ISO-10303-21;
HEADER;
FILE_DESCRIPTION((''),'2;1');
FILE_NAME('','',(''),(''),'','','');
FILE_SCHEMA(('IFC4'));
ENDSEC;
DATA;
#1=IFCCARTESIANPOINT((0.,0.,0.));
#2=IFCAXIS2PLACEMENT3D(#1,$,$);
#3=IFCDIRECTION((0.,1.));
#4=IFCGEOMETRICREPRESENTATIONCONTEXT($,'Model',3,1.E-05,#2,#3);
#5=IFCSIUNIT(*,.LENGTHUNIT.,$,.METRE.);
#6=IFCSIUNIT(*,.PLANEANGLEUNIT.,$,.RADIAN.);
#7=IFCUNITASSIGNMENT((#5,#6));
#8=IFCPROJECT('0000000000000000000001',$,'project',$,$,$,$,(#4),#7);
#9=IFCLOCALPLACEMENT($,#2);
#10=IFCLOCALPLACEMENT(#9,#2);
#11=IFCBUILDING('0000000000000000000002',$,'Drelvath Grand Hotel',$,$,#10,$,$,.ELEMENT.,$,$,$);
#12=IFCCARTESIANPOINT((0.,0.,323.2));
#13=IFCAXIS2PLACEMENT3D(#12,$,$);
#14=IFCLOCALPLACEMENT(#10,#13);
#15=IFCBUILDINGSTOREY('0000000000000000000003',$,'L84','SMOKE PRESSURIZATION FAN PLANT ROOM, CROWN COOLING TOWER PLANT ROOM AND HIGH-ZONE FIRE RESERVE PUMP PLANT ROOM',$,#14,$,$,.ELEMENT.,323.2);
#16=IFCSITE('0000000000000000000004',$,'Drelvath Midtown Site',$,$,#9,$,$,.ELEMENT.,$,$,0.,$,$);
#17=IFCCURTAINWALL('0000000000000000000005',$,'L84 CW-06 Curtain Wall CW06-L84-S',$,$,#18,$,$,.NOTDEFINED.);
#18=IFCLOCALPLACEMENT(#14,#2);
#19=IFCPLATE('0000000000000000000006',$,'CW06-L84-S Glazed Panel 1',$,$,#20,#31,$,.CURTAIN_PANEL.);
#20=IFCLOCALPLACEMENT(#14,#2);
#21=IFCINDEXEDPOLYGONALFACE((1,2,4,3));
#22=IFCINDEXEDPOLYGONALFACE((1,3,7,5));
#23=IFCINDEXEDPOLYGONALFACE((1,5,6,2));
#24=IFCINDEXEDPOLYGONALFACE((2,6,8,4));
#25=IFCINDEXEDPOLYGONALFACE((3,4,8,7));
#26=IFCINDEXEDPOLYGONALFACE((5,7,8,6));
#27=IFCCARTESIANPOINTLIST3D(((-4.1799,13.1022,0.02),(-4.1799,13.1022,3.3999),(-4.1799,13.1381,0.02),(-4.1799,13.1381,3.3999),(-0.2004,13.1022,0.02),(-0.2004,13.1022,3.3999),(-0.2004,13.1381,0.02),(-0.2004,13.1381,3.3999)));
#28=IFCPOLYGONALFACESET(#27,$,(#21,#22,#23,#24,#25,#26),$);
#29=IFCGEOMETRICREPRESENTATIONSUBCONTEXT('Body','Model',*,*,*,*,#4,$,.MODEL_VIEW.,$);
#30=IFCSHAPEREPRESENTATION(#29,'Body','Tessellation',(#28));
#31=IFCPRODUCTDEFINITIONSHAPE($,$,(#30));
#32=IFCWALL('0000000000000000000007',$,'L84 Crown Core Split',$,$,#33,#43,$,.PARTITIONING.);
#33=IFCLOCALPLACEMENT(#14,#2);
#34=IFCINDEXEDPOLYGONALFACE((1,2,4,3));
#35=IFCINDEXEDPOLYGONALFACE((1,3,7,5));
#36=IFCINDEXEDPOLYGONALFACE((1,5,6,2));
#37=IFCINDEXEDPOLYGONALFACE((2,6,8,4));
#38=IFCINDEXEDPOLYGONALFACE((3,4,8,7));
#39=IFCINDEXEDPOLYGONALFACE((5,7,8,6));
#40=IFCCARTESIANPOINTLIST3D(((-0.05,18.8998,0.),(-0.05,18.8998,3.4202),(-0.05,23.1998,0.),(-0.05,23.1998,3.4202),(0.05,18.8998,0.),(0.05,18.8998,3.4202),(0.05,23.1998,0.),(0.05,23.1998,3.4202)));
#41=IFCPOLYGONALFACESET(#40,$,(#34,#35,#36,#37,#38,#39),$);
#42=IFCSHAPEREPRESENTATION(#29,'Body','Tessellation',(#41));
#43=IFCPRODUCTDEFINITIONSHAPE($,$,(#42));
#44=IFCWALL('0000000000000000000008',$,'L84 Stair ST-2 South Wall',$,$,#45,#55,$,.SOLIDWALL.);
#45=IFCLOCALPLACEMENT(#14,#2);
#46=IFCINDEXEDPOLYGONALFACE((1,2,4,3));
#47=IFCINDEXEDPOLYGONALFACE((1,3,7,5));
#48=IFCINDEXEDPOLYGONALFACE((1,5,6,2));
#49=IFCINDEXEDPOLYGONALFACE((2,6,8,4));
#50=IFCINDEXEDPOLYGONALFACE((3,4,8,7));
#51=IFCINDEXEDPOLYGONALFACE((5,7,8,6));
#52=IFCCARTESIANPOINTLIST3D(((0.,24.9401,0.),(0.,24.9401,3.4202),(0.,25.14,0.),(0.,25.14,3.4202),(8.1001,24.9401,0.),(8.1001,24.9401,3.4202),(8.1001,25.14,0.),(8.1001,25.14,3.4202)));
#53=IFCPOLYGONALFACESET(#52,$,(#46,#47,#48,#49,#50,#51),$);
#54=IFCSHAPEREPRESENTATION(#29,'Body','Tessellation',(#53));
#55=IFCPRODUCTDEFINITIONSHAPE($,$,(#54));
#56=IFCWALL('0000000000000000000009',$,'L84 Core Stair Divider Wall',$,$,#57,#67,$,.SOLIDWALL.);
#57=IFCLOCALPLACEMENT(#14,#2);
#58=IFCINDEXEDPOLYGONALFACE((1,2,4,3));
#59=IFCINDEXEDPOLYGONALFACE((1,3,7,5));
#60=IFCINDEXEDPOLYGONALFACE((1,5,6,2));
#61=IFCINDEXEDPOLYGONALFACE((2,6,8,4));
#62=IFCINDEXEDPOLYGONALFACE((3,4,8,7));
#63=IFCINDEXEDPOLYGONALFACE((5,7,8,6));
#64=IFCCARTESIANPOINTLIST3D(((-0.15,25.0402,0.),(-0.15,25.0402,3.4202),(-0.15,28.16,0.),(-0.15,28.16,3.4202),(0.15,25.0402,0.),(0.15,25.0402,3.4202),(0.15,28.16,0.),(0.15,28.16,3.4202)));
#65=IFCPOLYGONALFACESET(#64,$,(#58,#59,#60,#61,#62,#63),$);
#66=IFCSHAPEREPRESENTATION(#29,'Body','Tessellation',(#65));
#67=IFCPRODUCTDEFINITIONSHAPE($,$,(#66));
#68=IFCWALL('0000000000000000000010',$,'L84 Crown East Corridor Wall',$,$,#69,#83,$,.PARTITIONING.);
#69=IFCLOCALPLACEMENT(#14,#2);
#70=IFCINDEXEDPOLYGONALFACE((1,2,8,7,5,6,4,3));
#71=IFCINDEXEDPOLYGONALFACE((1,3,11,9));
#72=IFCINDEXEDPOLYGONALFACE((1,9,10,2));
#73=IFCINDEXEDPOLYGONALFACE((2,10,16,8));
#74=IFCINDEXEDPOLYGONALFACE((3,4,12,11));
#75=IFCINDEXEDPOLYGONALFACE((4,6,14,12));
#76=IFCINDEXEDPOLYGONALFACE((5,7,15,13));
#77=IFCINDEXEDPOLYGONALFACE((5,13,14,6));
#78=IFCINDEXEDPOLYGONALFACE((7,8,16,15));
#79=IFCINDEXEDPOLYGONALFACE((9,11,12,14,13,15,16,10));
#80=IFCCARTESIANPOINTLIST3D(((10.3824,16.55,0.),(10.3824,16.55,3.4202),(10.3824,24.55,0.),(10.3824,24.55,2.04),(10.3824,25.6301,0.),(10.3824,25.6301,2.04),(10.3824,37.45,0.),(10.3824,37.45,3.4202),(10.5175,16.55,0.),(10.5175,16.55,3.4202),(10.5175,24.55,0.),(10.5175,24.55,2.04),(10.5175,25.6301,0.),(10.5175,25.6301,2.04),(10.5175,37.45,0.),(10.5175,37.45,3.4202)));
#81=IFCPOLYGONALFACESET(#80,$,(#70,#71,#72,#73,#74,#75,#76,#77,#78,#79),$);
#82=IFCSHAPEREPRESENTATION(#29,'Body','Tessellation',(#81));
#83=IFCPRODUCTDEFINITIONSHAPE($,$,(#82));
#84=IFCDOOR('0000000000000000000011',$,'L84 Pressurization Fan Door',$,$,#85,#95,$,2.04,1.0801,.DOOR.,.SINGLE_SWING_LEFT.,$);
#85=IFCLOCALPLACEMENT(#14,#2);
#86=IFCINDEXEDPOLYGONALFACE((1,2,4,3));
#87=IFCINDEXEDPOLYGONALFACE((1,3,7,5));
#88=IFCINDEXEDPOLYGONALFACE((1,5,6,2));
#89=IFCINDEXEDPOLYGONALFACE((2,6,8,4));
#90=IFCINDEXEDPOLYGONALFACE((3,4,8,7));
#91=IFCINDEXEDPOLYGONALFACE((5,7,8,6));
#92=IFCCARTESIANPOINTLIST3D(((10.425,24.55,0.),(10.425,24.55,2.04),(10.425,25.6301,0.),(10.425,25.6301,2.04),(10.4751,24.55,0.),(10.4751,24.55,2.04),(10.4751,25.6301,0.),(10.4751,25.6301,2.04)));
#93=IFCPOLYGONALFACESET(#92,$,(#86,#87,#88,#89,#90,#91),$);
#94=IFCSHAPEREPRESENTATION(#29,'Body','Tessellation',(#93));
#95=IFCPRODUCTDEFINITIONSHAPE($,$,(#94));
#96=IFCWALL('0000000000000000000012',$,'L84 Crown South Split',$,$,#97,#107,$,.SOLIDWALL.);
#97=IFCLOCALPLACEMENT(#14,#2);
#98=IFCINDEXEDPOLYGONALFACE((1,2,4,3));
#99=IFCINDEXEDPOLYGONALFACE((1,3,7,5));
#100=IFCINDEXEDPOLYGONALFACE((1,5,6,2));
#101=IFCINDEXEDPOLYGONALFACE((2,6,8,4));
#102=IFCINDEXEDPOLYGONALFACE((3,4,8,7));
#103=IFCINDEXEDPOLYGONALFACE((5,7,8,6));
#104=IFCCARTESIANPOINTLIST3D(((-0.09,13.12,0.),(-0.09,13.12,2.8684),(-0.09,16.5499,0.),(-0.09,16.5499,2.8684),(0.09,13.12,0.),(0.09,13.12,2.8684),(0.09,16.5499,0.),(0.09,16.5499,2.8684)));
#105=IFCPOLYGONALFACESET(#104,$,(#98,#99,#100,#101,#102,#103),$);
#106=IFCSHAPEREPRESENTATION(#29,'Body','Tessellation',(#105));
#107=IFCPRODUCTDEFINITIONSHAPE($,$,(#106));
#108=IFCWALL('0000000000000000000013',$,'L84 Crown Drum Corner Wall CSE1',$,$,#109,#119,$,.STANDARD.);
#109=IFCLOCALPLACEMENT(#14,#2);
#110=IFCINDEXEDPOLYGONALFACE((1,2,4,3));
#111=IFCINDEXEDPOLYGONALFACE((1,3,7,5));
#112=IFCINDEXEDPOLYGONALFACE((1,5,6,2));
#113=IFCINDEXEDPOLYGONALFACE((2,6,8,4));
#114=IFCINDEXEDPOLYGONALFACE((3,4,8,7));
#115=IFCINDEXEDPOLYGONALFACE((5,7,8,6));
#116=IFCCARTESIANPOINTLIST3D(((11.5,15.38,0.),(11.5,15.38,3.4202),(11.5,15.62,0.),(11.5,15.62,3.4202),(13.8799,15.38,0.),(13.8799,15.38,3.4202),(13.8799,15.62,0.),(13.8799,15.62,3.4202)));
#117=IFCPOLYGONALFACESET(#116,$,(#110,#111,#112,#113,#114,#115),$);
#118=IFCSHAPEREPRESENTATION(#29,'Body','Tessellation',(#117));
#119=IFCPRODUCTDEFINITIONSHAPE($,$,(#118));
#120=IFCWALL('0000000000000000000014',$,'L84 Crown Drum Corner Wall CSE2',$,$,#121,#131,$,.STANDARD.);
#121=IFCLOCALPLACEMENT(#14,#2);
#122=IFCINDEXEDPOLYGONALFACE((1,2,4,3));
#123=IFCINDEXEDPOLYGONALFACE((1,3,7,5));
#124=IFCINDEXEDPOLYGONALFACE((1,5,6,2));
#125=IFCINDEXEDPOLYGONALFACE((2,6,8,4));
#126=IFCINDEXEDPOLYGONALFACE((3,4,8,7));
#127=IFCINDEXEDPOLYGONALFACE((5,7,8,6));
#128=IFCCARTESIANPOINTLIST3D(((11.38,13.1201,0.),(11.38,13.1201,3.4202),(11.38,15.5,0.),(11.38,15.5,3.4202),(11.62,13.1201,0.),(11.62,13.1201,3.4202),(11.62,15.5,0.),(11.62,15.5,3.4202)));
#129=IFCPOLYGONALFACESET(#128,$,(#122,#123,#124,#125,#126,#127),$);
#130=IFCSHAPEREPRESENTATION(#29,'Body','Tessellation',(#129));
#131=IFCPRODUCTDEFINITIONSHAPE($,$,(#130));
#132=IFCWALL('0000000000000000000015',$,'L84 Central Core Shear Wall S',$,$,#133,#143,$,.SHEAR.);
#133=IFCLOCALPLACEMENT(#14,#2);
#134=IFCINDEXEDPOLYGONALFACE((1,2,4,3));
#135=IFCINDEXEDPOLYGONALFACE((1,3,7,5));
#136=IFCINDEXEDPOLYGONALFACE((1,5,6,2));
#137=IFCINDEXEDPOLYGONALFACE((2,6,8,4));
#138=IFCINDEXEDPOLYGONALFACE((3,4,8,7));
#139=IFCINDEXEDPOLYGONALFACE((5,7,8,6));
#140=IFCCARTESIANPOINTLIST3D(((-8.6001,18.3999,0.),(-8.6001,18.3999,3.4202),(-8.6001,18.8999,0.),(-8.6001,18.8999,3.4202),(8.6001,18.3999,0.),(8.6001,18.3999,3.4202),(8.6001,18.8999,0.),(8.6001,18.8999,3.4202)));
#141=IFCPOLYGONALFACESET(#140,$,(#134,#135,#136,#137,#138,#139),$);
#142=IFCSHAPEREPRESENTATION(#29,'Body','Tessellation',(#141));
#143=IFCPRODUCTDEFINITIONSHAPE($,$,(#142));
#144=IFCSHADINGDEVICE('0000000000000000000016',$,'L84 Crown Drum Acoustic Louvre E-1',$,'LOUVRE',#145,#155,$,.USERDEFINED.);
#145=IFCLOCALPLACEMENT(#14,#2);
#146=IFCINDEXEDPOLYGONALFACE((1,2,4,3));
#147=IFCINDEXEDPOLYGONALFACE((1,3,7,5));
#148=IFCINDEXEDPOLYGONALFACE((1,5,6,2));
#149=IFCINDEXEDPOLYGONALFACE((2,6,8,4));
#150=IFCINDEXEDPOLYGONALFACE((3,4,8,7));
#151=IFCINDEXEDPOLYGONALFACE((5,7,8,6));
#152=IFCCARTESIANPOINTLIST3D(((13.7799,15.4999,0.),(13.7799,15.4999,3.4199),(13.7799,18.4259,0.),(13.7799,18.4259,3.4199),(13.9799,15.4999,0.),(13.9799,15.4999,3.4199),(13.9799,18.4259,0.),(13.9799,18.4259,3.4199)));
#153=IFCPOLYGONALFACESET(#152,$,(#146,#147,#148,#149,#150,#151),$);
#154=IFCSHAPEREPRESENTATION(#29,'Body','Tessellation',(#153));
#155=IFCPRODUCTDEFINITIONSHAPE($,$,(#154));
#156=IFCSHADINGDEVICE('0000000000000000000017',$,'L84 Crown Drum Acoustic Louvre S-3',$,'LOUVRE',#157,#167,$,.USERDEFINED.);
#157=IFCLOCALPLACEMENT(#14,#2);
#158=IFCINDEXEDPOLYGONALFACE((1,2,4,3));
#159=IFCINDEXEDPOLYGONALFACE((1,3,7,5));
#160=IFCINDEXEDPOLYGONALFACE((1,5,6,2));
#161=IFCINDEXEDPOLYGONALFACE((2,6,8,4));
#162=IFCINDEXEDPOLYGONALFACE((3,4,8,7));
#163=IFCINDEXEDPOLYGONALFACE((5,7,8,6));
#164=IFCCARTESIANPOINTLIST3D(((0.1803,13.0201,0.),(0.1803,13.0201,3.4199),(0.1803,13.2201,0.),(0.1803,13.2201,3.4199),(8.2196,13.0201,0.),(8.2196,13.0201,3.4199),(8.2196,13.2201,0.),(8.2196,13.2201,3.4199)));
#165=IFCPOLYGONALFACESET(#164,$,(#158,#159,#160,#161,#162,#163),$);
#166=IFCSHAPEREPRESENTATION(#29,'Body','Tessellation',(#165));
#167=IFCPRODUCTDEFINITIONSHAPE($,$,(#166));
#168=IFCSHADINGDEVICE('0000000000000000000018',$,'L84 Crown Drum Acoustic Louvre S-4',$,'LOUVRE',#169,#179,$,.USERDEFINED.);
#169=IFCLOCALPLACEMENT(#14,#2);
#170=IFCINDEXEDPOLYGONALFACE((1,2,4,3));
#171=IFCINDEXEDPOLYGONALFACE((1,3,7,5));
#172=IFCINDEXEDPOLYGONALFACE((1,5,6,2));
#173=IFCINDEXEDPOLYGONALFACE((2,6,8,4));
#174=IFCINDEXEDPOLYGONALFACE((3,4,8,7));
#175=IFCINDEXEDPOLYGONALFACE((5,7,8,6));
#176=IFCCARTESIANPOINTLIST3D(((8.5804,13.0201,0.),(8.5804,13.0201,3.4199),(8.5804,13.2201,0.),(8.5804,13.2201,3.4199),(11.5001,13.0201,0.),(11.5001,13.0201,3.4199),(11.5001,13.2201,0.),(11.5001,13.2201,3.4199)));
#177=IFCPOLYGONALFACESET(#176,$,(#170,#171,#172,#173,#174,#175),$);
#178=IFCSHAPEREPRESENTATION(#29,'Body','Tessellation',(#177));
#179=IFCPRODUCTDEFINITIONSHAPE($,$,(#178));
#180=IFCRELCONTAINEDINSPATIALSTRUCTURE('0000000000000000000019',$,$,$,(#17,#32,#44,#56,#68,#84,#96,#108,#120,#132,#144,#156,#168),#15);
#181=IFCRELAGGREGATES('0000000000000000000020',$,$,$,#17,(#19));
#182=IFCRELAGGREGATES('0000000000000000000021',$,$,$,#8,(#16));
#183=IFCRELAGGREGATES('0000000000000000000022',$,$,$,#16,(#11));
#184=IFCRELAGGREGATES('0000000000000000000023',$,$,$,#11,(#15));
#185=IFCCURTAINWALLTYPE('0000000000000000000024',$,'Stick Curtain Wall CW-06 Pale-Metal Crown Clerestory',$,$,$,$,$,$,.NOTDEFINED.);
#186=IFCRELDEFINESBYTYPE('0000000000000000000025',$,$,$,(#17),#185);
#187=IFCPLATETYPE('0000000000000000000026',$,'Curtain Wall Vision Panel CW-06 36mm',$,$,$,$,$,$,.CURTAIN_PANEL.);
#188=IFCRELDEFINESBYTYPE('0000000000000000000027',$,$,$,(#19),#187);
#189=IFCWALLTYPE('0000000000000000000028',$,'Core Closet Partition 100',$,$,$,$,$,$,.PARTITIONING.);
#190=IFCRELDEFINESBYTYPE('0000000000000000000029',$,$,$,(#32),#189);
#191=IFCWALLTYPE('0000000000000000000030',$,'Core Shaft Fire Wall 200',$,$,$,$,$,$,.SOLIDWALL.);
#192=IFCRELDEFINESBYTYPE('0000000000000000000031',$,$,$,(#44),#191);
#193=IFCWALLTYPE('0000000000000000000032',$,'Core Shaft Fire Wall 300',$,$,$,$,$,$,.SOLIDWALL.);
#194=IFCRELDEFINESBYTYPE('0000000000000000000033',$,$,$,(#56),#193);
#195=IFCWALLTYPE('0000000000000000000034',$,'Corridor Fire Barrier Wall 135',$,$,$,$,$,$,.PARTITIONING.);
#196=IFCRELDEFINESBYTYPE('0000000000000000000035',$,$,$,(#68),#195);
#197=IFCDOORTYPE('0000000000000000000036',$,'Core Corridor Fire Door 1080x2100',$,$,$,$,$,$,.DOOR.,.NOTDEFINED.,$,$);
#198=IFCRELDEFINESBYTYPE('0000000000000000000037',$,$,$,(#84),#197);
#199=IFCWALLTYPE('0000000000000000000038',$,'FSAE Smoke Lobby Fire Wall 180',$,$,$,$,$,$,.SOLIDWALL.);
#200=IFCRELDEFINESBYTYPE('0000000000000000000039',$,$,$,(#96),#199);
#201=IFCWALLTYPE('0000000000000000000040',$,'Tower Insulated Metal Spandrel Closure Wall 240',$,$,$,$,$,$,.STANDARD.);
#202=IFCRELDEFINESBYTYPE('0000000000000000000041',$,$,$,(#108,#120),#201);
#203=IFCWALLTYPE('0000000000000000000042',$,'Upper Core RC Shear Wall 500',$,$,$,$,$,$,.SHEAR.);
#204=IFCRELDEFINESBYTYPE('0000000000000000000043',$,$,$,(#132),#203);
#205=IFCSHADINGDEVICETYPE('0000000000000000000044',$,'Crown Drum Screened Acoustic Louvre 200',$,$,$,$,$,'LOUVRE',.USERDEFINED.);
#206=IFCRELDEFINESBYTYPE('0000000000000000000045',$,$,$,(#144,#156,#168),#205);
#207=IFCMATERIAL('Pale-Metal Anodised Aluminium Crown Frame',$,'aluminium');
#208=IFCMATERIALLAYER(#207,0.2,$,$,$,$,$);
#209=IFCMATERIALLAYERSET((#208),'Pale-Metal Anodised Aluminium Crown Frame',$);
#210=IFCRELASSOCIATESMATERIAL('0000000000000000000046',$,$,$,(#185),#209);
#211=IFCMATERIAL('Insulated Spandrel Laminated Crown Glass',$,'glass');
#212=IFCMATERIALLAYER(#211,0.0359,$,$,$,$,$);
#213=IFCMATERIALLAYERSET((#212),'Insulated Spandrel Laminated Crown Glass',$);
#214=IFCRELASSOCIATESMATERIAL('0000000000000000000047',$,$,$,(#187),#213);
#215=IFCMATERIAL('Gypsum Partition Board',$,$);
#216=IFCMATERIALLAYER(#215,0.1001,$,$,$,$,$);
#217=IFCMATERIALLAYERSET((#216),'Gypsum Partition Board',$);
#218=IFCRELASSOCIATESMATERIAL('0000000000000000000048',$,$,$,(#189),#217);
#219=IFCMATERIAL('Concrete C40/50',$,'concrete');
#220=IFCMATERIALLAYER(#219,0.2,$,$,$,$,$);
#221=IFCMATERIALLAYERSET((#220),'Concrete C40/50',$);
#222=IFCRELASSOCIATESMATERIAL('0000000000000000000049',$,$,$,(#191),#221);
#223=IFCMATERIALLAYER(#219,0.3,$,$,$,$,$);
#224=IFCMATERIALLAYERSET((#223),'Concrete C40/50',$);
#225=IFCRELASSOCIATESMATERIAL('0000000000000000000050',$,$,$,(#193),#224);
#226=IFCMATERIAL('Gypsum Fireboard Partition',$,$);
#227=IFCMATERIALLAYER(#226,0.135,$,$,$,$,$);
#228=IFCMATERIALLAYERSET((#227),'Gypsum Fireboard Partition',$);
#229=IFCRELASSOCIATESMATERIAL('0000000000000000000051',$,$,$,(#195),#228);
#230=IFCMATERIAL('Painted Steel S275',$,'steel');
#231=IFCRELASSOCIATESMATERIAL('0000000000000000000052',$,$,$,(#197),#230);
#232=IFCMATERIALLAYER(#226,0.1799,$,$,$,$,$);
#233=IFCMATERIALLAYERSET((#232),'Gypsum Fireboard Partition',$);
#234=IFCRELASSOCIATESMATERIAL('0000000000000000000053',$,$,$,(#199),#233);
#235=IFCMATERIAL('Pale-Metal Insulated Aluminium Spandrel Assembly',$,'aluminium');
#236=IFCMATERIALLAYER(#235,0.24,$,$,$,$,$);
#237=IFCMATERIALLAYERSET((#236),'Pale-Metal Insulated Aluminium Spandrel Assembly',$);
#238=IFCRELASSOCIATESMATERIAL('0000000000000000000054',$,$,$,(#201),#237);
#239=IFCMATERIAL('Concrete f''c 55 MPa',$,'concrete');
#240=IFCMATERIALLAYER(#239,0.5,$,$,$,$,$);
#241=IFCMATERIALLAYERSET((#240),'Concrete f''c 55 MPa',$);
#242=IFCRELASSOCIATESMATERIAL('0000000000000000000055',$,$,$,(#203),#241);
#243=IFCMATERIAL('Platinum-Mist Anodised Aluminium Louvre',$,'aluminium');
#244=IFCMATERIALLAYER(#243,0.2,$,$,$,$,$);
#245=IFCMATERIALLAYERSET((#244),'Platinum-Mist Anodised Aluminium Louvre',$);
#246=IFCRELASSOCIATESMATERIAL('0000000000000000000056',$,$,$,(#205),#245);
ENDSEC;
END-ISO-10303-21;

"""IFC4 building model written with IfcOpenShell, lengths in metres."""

from ifc_helpers import new_model, si_unit, direction, frame, frame_2d, origin, origin_2d, place, context, subcontext, project, spatial, rectangle, extrude, material, layer, layer_set, type_object, element, fill, aggregate, save


model = new_model("IFC4")

# Units and contexts
model_context = context("Model", 3, precision=1e-05, world=origin(), true_north=direction((0.0, 1.0)))
body_context = subcontext(model_context, "Body", "Model", "MODEL_VIEW")
ifc_project = project(units=[si_unit("LENGTHUNIT", "METRE"), si_unit("PLANEANGLEUNIT", "RADIAN")], contexts=[model_context])

# Site, building, storey
site_placement = place(None, origin())
site = spatial("IfcSite", under=ifc_project, at=site_placement, Name="Drelvath Midtown Site", CompositionType="ELEMENT", RefElevation=0.0)
building_placement = place(site_placement, origin())
building = spatial("IfcBuilding", under=site, at=building_placement, Name="Drelvath Grand Hotel", CompositionType="ELEMENT")
storey_placement = place(building_placement, frame((0.0, 0.0, 323.2)))
storey = spatial("IfcBuildingStorey", under=building, at=storey_placement, Name="L84", Description="SMOKE PRESSURIZATION FAN PLANT ROOM, CROWN COOLING TOWER PLANT ROOM AND HIGH-ZONE FIRE RESERVE PUMP PLANT ROOM", CompositionType="ELEMENT", Elevation=323.2)

# Shared definitions
ifc_material_1 = material(Name="Concrete f'c 55 MPa", Category="concrete")

# Curtain wall
ifc_material_2 = material(Name="Pale-Metal Anodised Aluminium Crown Frame", Category="aluminium")
ifc_layer_1 = layer(ifc_material_2, 0.2)
ifc_layer_set_1 = layer_set([ifc_layer_1], Name="Pale-Metal Anodised Aluminium Crown Frame")
curtain_wall_type = type_object("IfcCurtainWallType", Name="Stick Curtain Wall CW-06 Pale-Metal Crown Clerestory", PredefinedType="NOTDEFINED", material=ifc_layer_set_1)
curtain_wall_1_placement = place(storey_placement, origin())
curtain_wall_1 = element("IfcCurtainWall", 1, at=curtain_wall_1_placement, inside=storey, type_object=curtain_wall_type, Name="L84 CW-06 Curtain Wall CW06-L84-S", PredefinedType="NOTDEFINED")

# Plate
ifc_material_3 = material(Name="Insulated Spandrel Laminated Crown Glass", Category="glass")
ifc_layer_2 = layer(ifc_material_3, 0.0359)
ifc_layer_set_2 = layer_set([ifc_layer_2], Name="Insulated Spandrel Laminated Crown Glass")
plate_type = type_object("IfcPlateType", Name="Curtain Wall Vision Panel CW-06 36mm", PredefinedType="CURTAIN_PANEL", material=ifc_layer_set_2)
plate_1_placement = place(storey_placement, frame((-2.1902, 13.1201, 0.02), z_axis=(0.0, 0.0, 1.0), x_axis=(-1.0, 0.0, 0.0)))
plate_1 = element("IfcPlate", 2, at=plate_1_placement, type_object=plate_type, Name="CW06-L84-S Glazed Panel 1", PredefinedType="CURTAIN_PANEL", context=body_context, shape_type="SweptSolid", body=[
    extrude(rectangle(XDim=3.9795, YDim=0.0359, at=origin_2d()), origin(), (0.0, 0.0, 1.0), 3.3799),
])
aggregate(curtain_wall_1, [plate_1])

# Walls
ifc_material_4 = material(Name="Gypsum Partition Board")
ifc_layer_3 = layer(ifc_material_4, 0.1001)
ifc_layer_set_3 = layer_set([ifc_layer_3], Name="Gypsum Partition Board")
wall_type_1 = type_object("IfcWallType", Name="Core Closet Partition 100", PredefinedType="PARTITIONING", material=ifc_layer_set_3)
wall_1_placement = place(storey_placement, frame((0.0, 18.8999, 0.0), z_axis=(0.0, 0.0, 1.0), x_axis=(0.0, 1.0, 0.0)))
element("IfcWall", 3, at=wall_1_placement, inside=storey, type_object=wall_type_1, Name="L84 Crown Core Split", PredefinedType="PARTITIONING", context=body_context, shape_type="SweptSolid", body=[
    extrude(rectangle(XDim=4.3, YDim=0.1001, at=frame_2d((2.1499, 0.0))), origin(), (0.0, 0.0, 1.0), 3.4202),
])
ifc_material_5 = material(Name="Concrete C40/50", Category="concrete")
ifc_layer_4 = layer(ifc_material_5, 0.2)
ifc_layer_set_4 = layer_set([ifc_layer_4], Name="Concrete C40/50")
wall_type_2 = type_object("IfcWallType", Name="Core Shaft Fire Wall 200", PredefinedType="SOLIDWALL", material=ifc_layer_set_4)
wall_2_placement = place(storey_placement, frame((0.0, 25.04, 0.0), z_axis=(0.0, 0.0, 1.0), x_axis=(1.0, 0.0, 0.0)))
element("IfcWall", 4, at=wall_2_placement, inside=storey, type_object=wall_type_2, Name="L84 Stair ST-2 South Wall", PredefinedType="SOLIDWALL", context=body_context, shape_type="SweptSolid", body=[
    extrude(rectangle(XDim=8.1001, YDim=0.2, at=frame_2d((4.05, 0.0))), origin(), (0.0, 0.0, 1.0), 3.4202),
])
ifc_layer_5 = layer(ifc_material_5, 0.3)
ifc_layer_set_5 = layer_set([ifc_layer_5], Name="Concrete C40/50")
wall_type_3 = type_object("IfcWallType", Name="Core Shaft Fire Wall 300", PredefinedType="SOLIDWALL", material=ifc_layer_set_5)
wall_3_placement = place(storey_placement, frame((0.0, 25.04, 0.0), z_axis=(0.0, 0.0, 1.0), x_axis=(0.0, 1.0, 0.0)))
element("IfcWall", 5, at=wall_3_placement, inside=storey, type_object=wall_type_3, Name="L84 Core Stair Divider Wall", PredefinedType="SOLIDWALL", context=body_context, shape_type="SweptSolid", body=[
    extrude(rectangle(XDim=3.1199, YDim=0.3, at=frame_2d((1.5601, 0.0))), origin(), (0.0, 0.0, 1.0), 3.4202),
])

# Wall, opening, door
ifc_material_6 = material(Name="Gypsum Fireboard Partition")
ifc_layer_6 = layer(ifc_material_6, 0.135)
ifc_layer_set_6 = layer_set([ifc_layer_6], Name="Gypsum Fireboard Partition")
wall_type_4 = type_object("IfcWallType", Name="Corridor Fire Barrier Wall 135", PredefinedType="PARTITIONING", material=ifc_layer_set_6)
wall_4_placement = place(storey_placement, frame((10.45, 16.55, 0.0), z_axis=(0.0, 0.0, 1.0), x_axis=(0.0, 1.0, 0.0)))
wall_4 = element("IfcWall", 6, at=wall_4_placement, inside=storey, type_object=wall_type_4, Name="L84 Crown East Corridor Wall", PredefinedType="PARTITIONING", context=body_context, shape_type="SweptSolid", body=[
    extrude(rectangle(XDim=20.8999, YDim=0.135, at=frame_2d((10.45, 0.0))), origin(), (0.0, 0.0, 1.0), 3.4202),
])
opening_placement = place(wall_4_placement, frame((8.0, 0.0, 0.0)))
opening = element("IfcOpeningElement", 7, at=opening_placement, cuts=wall_4, PredefinedType="OPENING", context=body_context, shape_type="SweptSolid", body=[
    extrude(rectangle(XDim=1.0801, YDim=2.04, at=frame_2d((0.54, 1.02))), frame((0.0, 0.0774, 0.0), z_axis=(0.0, -1.0, 0.0), x_axis=(1.0, 0.0, 0.0)), (0.0, 0.0, 1.0), 0.155),
])
ifc_material_7 = material(Name="Painted Steel S275", Category="steel")
door_type = type_object("IfcDoorType", Name="Core Corridor Fire Door 1080x2100", OperationType="NOTDEFINED", PredefinedType="DOOR", material=ifc_material_7)
door_placement = place(opening_placement, origin())
door = element("IfcDoor", 8, at=door_placement, inside=storey, type_object=door_type, Name="L84 Pressurization Fan Door", OperationType="SINGLE_SWING_LEFT", OverallHeight=2.04, OverallWidth=1.0801, PredefinedType="DOOR", context=body_context, shape_type="SweptSolid", body=[
    extrude(rectangle(XDim=1.0801, YDim=2.04, at=frame_2d((0.54, 1.02))), frame((0.0, 0.0249, 0.0), z_axis=(0.0, -1.0, 0.0), x_axis=(1.0, 0.0, 0.0)), (0.0, 0.0, 1.0), 0.05),
])
fill(opening, door)

# Walls
ifc_layer_7 = layer(ifc_material_6, 0.1799)
ifc_layer_set_7 = layer_set([ifc_layer_7], Name="Gypsum Fireboard Partition")
wall_type_5 = type_object("IfcWallType", Name="FSAE Smoke Lobby Fire Wall 180", PredefinedType="SOLIDWALL", material=ifc_layer_set_7)
wall_5_placement = place(storey_placement, frame((0.0, 13.1201, 0.0), z_axis=(0.0, 0.0, 1.0), x_axis=(0.0, 1.0, 0.0)))
element("IfcWall", 9, at=wall_5_placement, inside=storey, type_object=wall_type_5, Name="L84 Crown South Split", PredefinedType="SOLIDWALL", context=body_context, shape_type="SweptSolid", body=[
    extrude(rectangle(XDim=3.4299, YDim=0.1799, at=frame_2d((1.7148, 0.0))), origin(), (0.0, 0.0, 1.0), 2.8684),
])
ifc_material_8 = material(Name="Pale-Metal Insulated Aluminium Spandrel Assembly", Category="aluminium")
ifc_layer_8 = layer(ifc_material_8, 0.24)
ifc_layer_set_8 = layer_set([ifc_layer_8], Name="Pale-Metal Insulated Aluminium Spandrel Assembly")
wall_type_6 = type_object("IfcWallType", Name="Tower Insulated Metal Spandrel Closure Wall 240", PredefinedType="STANDARD", material=ifc_layer_set_8)
for number, where, z_axis, x_axis, name in (
    (10, (13.8799, 15.5, 0.0), (0.0, 0.0, 1.0), (-1.0, 0.0, 0.0), "L84 Crown Drum Corner Wall CSE1"),
    (11, (11.5, 15.5, 0.0), (0.0, 0.0, 1.0), (0.0, -1.0, 0.0), "L84 Crown Drum Corner Wall CSE2"),
):
    element("IfcWall", number, at=place(storey_placement, frame(where, z_axis=z_axis, x_axis=x_axis)), inside=storey, type_object=wall_type_6, Name=name, PredefinedType="STANDARD", context=body_context, shape_type="SweptSolid", body=[
        extrude(rectangle(XDim=2.3799, YDim=0.24, at=frame_2d((1.1899, 0.0))), origin(), (0.0, 0.0, 1.0), 3.4202),
    ])
ifc_layer_9 = layer(ifc_material_1, 0.5)
ifc_layer_set_9 = layer_set([ifc_layer_9], Name="Concrete f'c 55 MPa")
wall_type_7 = type_object("IfcWallType", Name="Upper Core RC Shear Wall 500", PredefinedType="SHEAR", material=ifc_layer_set_9)
wall_6_placement = place(storey_placement, frame((8.6001, 18.6499, 0.0), z_axis=(0.0, 0.0, 1.0), x_axis=(-1.0, 0.0, 0.0)))
element("IfcWall", 12, at=wall_6_placement, inside=storey, type_object=wall_type_7, Name="L84 Central Core Shear Wall S", PredefinedType="SHEAR", context=body_context, shape_type="SweptSolid", body=[
    extrude(rectangle(XDim=17.2002, YDim=0.5, at=frame_2d((8.6001, 0.0))), origin(), (0.0, 0.0, 1.0), 3.4202),
])

# Shading devices
ifc_material_9 = material(Name="Platinum-Mist Anodised Aluminium Louvre", Category="aluminium")
ifc_layer_10 = layer(ifc_material_9, 0.2)
ifc_layer_set_10 = layer_set([ifc_layer_10], Name="Platinum-Mist Anodised Aluminium Louvre")
shading_device_type = type_object("IfcShadingDeviceType", Name="Crown Drum Screened Acoustic Louvre 200", ElementType="LOUVRE", PredefinedType="USERDEFINED", material=ifc_layer_set_10)
shading_device_1_placement = place(storey_placement, frame((13.8799, 16.9629, 0.0), z_axis=(0.0, 0.0, 1.0), x_axis=(0.0, 1.0, 0.0)))
element("IfcShadingDevice", 13, at=shading_device_1_placement, inside=storey, type_object=shading_device_type, Name="L84 Crown Drum Acoustic Louvre E-1", ObjectType="LOUVRE", PredefinedType="USERDEFINED", context=body_context, shape_type="SweptSolid", body=[
    extrude(rectangle(XDim=2.926, YDim=0.2, at=origin_2d()), origin(), (0.0, 0.0, 1.0), 3.4199),
])
shading_device_2_placement = place(storey_placement, frame((4.2, 13.1201, 0.0), z_axis=(0.0, 0.0, 1.0), x_axis=(1.0, 0.0, 0.0)))
element("IfcShadingDevice", 14, at=shading_device_2_placement, inside=storey, type_object=shading_device_type, Name="L84 Crown Drum Acoustic Louvre S-3", ObjectType="LOUVRE", PredefinedType="USERDEFINED", context=body_context, shape_type="SweptSolid", body=[
    extrude(rectangle(XDim=8.0393, YDim=0.2, at=origin_2d()), origin(), (0.0, 0.0, 1.0), 3.4199),
])
shading_device_3_placement = place(storey_placement, frame((10.0403, 13.1201, 0.0), z_axis=(0.0, 0.0, 1.0), x_axis=(1.0, 0.0, 0.0)))
element("IfcShadingDevice", 15, at=shading_device_3_placement, inside=storey, type_object=shading_device_type, Name="L84 Crown Drum Acoustic Louvre S-4", ObjectType="LOUVRE", PredefinedType="USERDEFINED", context=body_context, shape_type="SweptSolid", body=[
    extrude(rectangle(XDim=2.9197, YDim=0.2, at=origin_2d()), origin(), (0.0, 0.0, 1.0), 3.4199),
])

save(model, "model.ifc")
